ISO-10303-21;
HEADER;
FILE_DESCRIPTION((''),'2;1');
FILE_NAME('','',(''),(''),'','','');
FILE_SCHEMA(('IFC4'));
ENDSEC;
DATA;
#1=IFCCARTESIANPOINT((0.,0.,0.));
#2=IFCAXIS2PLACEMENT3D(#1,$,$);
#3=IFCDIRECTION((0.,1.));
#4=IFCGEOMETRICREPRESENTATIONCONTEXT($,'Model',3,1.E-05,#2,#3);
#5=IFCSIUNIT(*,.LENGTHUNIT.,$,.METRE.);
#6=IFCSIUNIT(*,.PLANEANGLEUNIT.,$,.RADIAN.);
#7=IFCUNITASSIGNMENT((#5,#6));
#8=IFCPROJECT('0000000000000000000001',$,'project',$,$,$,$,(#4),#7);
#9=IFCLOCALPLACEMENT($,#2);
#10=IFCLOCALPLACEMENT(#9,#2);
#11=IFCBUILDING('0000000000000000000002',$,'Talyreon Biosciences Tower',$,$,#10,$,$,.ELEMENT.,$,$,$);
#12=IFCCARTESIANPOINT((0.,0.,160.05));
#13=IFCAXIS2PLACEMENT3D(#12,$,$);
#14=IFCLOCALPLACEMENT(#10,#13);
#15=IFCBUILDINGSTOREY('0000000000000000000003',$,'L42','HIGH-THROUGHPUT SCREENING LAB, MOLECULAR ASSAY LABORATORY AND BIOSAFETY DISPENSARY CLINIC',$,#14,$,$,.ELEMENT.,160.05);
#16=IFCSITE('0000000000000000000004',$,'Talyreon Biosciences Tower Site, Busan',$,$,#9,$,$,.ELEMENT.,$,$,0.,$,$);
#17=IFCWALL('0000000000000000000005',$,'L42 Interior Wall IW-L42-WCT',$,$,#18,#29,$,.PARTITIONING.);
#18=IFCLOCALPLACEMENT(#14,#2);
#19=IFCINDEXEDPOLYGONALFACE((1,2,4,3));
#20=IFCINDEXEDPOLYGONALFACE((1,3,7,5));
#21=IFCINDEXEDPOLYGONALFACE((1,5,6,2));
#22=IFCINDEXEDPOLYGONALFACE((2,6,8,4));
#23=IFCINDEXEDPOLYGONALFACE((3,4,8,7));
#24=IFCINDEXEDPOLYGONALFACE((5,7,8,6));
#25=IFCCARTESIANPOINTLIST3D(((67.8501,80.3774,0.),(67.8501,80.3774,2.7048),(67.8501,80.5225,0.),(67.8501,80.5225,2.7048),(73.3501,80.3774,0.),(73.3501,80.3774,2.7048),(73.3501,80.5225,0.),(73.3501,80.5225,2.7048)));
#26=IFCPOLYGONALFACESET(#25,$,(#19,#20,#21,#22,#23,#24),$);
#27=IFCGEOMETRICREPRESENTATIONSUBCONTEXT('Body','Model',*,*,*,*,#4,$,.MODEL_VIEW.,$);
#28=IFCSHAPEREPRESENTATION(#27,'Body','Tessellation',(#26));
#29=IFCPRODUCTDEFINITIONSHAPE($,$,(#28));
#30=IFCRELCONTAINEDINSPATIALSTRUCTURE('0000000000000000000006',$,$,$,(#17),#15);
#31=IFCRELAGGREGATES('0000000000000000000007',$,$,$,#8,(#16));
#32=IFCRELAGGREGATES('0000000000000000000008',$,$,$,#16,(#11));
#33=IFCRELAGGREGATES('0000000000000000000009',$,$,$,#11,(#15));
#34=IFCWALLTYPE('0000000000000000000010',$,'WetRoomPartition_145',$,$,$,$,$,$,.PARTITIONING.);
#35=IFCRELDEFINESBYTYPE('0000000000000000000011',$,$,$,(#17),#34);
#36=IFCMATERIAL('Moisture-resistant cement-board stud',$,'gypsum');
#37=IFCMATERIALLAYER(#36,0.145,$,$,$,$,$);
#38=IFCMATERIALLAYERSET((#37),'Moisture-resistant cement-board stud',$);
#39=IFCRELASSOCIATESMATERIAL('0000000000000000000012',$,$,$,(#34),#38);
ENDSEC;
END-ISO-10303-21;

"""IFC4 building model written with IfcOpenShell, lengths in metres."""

from ifc_helpers import new_model, si_unit, direction, frame, frame_2d, origin, place, context, subcontext, project, spatial, rectangle, extrude, material, layer, layer_set, type_object, element, save


model = new_model("IFC4")

# Units and contexts
model_context = context("Model", 3, precision=1e-05, world=origin(), true_north=direction((0.0, 1.0)))
body_context = subcontext(model_context, "Body", "Model", "MODEL_VIEW")
ifc_project = project(units=[si_unit("LENGTHUNIT", "METRE"), si_unit("PLANEANGLEUNIT", "RADIAN")], contexts=[model_context])

# Site, building, storey
site_placement = place(None, origin())
site = spatial("IfcSite", under=ifc_project, at=site_placement, Name="Talyreon Biosciences Tower Site, Busan", CompositionType="ELEMENT", RefElevation=0.0)
building_placement = place(site_placement, origin())
building = spatial("IfcBuilding", under=site, at=building_placement, Name="Talyreon Biosciences Tower", CompositionType="ELEMENT")
storey_placement = place(building_placement, frame((0.0, 0.0, 160.05)))
storey = spatial("IfcBuildingStorey", under=building, at=storey_placement, Name="L42", Description="HIGH-THROUGHPUT SCREENING LAB, MOLECULAR ASSAY LABORATORY AND BIOSAFETY DISPENSARY CLINIC", CompositionType="ELEMENT", Elevation=160.05)

# Wall
ifc_material_1 = material(Name="Moisture-resistant cement-board stud", Category="gypsum")
ifc_layer_1 = layer(ifc_material_1, 0.145)
ifc_layer_set_1 = layer_set([ifc_layer_1], Name="Moisture-resistant cement-board stud")
wall_type_1 = type_object("IfcWallType", Name="WetRoomPartition_145", PredefinedType="PARTITIONING", material=ifc_layer_set_1)
wall_1_placement = place(storey_placement, frame((67.8501, 80.45, 0.0), z_axis=(0.0, 0.0, 1.0), x_axis=(1.0, 0.0, 0.0)))
element("IfcWall", 1, at=wall_1_placement, inside=storey, type_object=wall_type_1, Name="L42 Interior Wall IW-L42-WCT", PredefinedType="PARTITIONING", context=body_context, shape_type="SweptSolid", body=[
    extrude(rectangle(XDim=5.5, YDim=0.145, at=frame_2d((2.75, 0.0))), origin(), (0.0, 0.0, 1.0), 2.7048),
])

save(model, "model.ifc")
